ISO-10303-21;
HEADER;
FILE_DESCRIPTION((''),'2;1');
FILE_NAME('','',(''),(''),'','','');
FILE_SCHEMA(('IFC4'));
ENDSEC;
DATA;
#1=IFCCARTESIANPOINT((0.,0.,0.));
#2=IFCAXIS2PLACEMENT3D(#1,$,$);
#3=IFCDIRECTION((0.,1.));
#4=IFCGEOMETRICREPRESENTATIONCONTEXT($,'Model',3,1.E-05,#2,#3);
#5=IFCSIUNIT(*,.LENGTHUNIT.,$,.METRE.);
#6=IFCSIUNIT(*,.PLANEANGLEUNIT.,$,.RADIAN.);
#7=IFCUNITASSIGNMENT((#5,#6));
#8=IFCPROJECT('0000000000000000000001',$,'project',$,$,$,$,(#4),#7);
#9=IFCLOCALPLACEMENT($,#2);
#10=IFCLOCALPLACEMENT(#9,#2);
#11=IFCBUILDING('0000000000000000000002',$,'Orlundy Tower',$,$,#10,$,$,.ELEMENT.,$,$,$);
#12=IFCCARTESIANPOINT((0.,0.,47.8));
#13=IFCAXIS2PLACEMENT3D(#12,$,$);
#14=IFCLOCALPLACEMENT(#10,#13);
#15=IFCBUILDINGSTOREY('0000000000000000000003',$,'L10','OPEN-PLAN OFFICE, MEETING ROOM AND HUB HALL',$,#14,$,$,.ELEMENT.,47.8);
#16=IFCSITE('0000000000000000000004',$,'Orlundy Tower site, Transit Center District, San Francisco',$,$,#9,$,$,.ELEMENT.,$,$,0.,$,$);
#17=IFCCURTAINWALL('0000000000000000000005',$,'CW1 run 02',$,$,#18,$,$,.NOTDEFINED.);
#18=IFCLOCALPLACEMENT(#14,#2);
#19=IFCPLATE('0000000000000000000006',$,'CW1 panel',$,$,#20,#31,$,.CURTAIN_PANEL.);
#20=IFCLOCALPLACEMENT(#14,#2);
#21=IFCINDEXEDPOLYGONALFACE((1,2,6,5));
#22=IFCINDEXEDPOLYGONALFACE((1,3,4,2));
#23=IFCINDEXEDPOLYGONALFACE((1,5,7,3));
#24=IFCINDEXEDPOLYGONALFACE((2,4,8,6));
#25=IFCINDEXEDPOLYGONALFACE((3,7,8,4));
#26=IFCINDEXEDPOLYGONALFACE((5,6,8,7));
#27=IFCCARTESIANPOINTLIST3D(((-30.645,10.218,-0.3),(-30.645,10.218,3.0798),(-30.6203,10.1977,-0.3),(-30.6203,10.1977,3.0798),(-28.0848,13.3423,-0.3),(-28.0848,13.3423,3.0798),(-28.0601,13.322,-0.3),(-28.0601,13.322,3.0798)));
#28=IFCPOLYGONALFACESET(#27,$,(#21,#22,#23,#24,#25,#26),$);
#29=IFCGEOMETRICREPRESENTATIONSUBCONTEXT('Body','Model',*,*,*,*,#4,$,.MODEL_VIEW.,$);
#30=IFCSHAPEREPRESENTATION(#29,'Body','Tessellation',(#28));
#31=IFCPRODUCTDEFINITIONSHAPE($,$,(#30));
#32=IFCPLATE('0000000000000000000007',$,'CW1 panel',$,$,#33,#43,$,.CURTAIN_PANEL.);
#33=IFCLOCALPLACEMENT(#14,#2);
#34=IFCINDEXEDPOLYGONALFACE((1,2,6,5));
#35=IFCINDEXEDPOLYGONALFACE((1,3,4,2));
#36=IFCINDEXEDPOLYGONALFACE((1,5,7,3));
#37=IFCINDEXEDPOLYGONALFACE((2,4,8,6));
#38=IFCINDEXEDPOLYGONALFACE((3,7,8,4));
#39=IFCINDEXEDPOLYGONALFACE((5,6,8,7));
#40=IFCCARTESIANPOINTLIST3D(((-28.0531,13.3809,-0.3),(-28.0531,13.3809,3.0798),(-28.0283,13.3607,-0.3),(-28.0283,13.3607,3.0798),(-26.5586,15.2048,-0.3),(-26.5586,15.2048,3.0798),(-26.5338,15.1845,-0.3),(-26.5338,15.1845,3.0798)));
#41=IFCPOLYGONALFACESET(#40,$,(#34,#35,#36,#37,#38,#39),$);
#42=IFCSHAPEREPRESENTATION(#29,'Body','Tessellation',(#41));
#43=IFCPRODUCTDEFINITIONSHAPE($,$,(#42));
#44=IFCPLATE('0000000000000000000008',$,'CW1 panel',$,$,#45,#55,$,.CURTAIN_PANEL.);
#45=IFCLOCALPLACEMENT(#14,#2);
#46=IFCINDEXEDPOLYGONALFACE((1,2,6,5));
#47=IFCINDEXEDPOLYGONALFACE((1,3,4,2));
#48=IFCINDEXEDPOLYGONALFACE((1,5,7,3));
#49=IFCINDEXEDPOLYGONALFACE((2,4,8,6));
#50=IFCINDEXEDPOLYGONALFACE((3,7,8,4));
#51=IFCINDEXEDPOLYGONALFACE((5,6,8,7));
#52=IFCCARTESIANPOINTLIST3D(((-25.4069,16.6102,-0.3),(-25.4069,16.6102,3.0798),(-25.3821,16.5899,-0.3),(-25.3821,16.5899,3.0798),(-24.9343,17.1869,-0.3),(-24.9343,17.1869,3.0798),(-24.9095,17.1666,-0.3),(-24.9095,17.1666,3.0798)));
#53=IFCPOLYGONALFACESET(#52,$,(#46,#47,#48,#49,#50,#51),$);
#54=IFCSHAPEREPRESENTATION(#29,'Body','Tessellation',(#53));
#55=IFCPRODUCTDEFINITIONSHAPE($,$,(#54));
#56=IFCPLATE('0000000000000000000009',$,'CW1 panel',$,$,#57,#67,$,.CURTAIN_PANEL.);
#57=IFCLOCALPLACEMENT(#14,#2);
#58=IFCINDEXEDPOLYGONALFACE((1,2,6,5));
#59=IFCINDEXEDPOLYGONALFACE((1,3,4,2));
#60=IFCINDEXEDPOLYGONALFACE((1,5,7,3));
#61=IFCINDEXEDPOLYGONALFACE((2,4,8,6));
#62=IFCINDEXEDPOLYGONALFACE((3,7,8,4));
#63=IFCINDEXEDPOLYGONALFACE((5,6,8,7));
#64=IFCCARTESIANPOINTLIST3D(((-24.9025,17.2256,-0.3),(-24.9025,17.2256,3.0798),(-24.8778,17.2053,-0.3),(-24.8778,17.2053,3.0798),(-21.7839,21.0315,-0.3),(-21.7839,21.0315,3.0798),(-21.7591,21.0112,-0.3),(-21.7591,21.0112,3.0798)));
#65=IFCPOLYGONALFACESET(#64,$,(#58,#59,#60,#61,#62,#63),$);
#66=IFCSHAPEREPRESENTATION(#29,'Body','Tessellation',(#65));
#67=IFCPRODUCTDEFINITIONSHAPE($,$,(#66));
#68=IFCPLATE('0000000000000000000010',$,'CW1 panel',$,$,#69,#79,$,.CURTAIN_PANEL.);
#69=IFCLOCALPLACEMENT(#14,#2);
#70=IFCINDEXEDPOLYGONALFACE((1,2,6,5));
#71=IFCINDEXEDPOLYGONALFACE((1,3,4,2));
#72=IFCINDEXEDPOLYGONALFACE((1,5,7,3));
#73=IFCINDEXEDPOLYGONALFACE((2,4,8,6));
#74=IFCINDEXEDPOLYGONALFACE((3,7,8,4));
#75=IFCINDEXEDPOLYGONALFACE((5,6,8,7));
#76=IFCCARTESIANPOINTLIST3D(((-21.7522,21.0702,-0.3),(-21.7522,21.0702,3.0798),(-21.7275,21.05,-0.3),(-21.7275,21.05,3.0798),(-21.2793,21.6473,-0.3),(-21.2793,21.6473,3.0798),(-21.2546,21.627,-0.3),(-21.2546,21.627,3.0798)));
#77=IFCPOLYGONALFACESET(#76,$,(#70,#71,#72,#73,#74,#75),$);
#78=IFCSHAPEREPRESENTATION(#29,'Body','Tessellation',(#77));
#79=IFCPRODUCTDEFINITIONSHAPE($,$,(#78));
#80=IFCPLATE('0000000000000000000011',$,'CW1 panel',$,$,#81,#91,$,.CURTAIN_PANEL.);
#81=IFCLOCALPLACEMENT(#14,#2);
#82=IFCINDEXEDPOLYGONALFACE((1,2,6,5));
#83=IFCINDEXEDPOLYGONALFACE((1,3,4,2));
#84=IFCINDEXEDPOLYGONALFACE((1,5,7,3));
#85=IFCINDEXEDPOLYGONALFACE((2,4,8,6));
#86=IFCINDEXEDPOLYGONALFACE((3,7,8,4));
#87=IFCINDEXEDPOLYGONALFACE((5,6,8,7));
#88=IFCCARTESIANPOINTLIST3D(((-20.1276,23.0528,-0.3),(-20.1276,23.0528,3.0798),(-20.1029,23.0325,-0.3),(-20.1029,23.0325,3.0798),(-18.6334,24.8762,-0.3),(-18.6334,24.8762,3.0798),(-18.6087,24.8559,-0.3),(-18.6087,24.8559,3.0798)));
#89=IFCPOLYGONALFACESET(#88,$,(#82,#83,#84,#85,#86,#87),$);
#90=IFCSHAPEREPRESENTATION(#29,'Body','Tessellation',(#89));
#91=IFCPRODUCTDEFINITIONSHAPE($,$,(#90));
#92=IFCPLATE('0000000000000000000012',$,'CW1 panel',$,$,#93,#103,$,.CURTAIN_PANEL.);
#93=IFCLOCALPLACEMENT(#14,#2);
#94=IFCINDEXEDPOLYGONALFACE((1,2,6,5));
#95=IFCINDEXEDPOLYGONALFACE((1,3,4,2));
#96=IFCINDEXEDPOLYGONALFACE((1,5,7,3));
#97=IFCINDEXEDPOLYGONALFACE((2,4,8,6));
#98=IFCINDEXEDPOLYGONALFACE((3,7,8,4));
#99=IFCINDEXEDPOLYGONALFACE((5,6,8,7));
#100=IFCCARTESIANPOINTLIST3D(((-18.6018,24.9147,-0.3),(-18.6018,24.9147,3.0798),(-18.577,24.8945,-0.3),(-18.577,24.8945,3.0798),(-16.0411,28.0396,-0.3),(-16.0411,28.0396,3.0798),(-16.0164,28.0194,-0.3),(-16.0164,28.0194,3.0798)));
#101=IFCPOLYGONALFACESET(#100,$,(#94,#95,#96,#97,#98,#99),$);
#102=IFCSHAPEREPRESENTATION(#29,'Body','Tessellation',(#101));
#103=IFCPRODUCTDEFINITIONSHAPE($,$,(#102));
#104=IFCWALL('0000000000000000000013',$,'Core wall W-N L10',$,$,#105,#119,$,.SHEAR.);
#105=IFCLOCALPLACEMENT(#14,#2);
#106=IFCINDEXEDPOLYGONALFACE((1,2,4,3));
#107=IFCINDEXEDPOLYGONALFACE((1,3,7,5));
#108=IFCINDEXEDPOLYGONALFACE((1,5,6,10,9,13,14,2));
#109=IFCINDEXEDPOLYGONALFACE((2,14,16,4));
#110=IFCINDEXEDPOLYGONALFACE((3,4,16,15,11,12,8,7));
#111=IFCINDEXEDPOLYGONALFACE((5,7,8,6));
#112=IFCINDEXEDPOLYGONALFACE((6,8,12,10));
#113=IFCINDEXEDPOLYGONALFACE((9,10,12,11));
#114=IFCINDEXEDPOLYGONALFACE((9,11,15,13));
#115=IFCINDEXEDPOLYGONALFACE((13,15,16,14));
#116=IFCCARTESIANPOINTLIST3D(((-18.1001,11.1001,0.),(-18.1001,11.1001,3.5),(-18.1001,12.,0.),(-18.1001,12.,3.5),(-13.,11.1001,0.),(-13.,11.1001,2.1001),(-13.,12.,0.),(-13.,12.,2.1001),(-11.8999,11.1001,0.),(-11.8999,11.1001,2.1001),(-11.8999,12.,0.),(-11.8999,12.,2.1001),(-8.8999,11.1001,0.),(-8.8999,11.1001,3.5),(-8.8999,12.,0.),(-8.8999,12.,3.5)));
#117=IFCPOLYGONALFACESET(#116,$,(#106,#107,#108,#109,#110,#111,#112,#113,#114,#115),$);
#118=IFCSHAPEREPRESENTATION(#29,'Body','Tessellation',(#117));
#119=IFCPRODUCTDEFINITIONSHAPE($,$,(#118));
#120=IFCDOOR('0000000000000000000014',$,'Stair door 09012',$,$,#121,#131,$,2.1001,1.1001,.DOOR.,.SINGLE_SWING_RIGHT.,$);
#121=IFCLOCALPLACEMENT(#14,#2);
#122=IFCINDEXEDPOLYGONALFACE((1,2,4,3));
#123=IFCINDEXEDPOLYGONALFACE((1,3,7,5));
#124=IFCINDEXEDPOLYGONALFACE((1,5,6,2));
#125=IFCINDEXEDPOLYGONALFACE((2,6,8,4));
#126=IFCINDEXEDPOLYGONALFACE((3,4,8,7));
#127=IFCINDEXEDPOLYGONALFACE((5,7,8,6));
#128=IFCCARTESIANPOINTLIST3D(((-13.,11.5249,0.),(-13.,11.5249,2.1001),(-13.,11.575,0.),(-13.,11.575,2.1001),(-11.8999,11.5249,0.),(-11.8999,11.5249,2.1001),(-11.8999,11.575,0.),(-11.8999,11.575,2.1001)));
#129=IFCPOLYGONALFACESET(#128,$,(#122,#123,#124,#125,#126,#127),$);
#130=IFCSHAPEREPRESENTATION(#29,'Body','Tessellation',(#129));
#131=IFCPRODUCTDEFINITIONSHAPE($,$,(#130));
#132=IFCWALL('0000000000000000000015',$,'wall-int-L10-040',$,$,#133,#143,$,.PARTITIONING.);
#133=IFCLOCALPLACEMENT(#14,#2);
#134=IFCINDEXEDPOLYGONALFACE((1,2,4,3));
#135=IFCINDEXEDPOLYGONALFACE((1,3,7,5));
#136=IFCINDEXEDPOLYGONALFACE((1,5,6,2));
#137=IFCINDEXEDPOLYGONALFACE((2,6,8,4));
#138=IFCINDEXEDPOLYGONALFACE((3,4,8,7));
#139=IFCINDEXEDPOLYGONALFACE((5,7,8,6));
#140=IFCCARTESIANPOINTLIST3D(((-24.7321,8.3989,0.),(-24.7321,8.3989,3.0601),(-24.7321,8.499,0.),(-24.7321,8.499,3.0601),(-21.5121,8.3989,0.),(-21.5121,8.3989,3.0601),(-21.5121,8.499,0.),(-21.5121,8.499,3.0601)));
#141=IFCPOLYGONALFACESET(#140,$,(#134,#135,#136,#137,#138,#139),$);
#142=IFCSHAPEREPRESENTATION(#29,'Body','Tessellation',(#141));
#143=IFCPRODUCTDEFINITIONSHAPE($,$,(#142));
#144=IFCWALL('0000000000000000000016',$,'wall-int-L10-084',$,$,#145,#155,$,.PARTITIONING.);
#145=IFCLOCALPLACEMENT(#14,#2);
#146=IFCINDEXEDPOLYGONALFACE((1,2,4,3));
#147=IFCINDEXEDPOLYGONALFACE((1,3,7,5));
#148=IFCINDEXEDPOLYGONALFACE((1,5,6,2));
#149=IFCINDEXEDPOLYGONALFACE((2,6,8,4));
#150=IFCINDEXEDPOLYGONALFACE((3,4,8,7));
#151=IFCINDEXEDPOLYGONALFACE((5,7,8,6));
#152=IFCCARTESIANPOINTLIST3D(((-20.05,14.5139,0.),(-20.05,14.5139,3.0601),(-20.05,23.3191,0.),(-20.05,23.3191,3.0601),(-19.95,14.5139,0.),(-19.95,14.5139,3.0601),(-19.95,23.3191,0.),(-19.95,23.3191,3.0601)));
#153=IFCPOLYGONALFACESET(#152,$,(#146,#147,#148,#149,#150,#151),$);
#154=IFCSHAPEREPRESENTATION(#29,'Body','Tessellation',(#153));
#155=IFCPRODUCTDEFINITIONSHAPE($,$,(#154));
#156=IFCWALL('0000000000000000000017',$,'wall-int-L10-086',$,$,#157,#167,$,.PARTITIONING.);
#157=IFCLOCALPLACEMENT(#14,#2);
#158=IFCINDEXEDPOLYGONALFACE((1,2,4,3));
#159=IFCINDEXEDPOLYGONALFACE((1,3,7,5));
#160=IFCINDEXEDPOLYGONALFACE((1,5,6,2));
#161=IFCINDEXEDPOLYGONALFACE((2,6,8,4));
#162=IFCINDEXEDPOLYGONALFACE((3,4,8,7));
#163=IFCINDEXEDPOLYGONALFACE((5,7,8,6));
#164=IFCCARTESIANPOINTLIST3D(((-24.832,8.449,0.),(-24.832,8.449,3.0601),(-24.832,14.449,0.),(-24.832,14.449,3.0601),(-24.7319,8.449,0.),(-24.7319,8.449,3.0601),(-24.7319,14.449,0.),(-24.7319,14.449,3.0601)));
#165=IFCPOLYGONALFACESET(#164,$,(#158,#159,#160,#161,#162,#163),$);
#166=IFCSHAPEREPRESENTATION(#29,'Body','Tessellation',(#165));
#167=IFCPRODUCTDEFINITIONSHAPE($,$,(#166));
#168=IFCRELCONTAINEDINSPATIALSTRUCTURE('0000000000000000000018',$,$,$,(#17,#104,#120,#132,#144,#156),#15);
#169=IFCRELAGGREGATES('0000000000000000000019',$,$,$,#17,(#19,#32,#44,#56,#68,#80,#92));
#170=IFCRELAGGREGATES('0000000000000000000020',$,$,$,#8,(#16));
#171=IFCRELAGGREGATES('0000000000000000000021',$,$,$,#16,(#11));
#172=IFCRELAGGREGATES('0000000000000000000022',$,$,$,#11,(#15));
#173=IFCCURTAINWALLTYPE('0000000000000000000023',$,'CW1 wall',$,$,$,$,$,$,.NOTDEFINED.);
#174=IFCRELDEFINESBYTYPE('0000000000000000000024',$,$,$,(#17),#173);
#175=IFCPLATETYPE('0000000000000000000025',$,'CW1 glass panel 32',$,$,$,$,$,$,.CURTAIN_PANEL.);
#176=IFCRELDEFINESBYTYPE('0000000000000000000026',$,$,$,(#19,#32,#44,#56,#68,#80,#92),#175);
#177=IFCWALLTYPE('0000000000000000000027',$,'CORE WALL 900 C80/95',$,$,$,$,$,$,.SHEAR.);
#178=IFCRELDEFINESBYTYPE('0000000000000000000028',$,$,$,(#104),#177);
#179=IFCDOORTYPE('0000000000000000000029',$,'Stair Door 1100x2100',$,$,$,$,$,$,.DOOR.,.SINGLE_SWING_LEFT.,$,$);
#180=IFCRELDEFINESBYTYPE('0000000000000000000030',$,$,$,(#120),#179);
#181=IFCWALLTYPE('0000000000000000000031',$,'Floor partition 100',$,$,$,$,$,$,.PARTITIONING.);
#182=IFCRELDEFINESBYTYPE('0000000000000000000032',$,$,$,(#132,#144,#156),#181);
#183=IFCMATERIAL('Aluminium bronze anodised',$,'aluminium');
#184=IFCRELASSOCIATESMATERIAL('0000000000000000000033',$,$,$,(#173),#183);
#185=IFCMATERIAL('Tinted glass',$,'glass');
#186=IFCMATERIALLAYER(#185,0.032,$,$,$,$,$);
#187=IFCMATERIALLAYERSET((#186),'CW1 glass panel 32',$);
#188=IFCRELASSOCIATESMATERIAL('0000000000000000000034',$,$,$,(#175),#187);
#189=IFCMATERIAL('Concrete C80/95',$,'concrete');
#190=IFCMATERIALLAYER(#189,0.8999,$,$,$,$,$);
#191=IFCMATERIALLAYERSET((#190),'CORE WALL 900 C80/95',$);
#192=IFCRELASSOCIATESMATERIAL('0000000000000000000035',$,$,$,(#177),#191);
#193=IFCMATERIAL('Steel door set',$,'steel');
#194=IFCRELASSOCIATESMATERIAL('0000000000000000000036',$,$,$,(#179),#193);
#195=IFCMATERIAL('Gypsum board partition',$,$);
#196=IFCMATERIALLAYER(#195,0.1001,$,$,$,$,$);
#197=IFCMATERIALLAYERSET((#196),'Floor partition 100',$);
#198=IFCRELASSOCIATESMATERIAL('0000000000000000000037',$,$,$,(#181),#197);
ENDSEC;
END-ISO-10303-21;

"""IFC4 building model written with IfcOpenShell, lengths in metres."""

from ifc_helpers import new_model, si_unit, direction, frame, frame_2d, origin, origin_2d, place, context, subcontext, project, spatial, rectangle, extrude, material, layer, layer_set, type_object, element, fill, aggregate, save


model = new_model("IFC4")

# Units and contexts
model_context = context("Model", 3, precision=1e-05, world=origin(), true_north=direction((0.0, 1.0)))
body_context = subcontext(model_context, "Body", "Model", "MODEL_VIEW")
ifc_project = project(units=[si_unit("LENGTHUNIT", "METRE"), si_unit("PLANEANGLEUNIT", "RADIAN")], contexts=[model_context])

# Site, building, storey
site_placement = place(None, origin())
site = spatial("IfcSite", under=ifc_project, at=site_placement, Name="Orlundy Tower site, Transit Center District, San Francisco", CompositionType="ELEMENT", RefElevation=0.0)
building_placement = place(site_placement, origin())
building = spatial("IfcBuilding", under=site, at=building_placement, Name="Orlundy Tower", CompositionType="ELEMENT")
storey_placement = place(building_placement, frame((0.0, 0.0, 47.8)))
storey = spatial("IfcBuildingStorey", under=building, at=storey_placement, Name="L10", Description="OPEN-PLAN OFFICE, MEETING ROOM AND HUB HALL", CompositionType="ELEMENT", Elevation=47.8)

# Shared definitions
ifc_material_1 = material(Name="Aluminium bronze anodised", Category="aluminium")
curtain_wall_type = type_object("IfcCurtainWallType", Name="CW1 wall", PredefinedType="NOTDEFINED", material=ifc_material_1)

# Curtain wall
curtain_wall_1_placement = place(storey_placement, origin())
curtain_wall_1 = element("IfcCurtainWall", 1, at=curtain_wall_1_placement, inside=storey, type_object=curtain_wall_type, Name="CW1 run 02", PredefinedType="NOTDEFINED")

# Plates
ifc_material_2 = material(Name="Tinted glass", Category="glass")
ifc_layer_1 = layer(ifc_material_2, 0.032)
ifc_layer_set_1 = layer_set([ifc_layer_1], Name="CW1 glass panel 32")
plate_type = type_object("IfcPlateType", Name="CW1 glass panel 32", PredefinedType="CURTAIN_PANEL", material=ifc_layer_set_1)
plate_1_placement = place(storey_placement, frame((-29.3525, 11.77, -0.3), z_axis=(0.0, 0.0, 1.0), x_axis=(0.633818, 0.773482, 0.0)))
plate_1 = element("IfcPlate", 2, at=plate_1_placement, type_object=plate_type, Name="CW1 panel", PredefinedType="CURTAIN_PANEL", context=body_context, shape_type="SweptSolid", body=[
    extrude(rectangle(XDim=4.0393, YDim=0.032, at=origin_2d()), origin(), (0.0, 0.0, 1.0), 3.3799),
])
plate_2_placement = place(storey_placement, frame((-27.2935, 14.2827, -0.3), z_axis=(0.0, 0.0, 1.0), x_axis=(0.633818, 0.773482, 0.0)))
plate_2 = element("IfcPlate", 3, at=plate_2_placement, type_object=plate_type, Name="CW1 panel", PredefinedType="CURTAIN_PANEL", context=body_context, shape_type="SweptSolid", body=[
    extrude(rectangle(XDim=2.3579, YDim=0.032, at=origin_2d()), origin(), (0.0, 0.0, 1.0), 3.3799),
])
plate_3_placement = place(storey_placement, frame((-25.1582, 16.8884, -0.3), z_axis=(0.0, 0.0, 1.0), x_axis=(0.633818, 0.773482, 0.0)))
plate_3 = element("IfcPlate", 4, at=plate_3_placement, type_object=plate_type, Name="CW1 panel", PredefinedType="CURTAIN_PANEL", context=body_context, shape_type="SweptSolid", body=[
    extrude(rectangle(XDim=0.7456, YDim=0.032, at=origin_2d()), origin(), (0.0, 0.0, 1.0), 3.3799),
])
plate_4_placement = place(storey_placement, frame((-23.3308, 19.1184, -0.3), z_axis=(0.0, 0.0, 1.0), x_axis=(0.633818, 0.773482, 0.0)))
plate_4 = element("IfcPlate", 5, at=plate_4_placement, type_object=plate_type, Name="CW1 panel", PredefinedType="CURTAIN_PANEL", context=body_context, shape_type="SweptSolid", body=[
    extrude(rectangle(XDim=4.9204, YDim=0.032, at=origin_2d()), origin(), (0.0, 0.0, 1.0), 3.3799),
])
plate_5_placement = place(storey_placement, frame((-21.5034, 21.3486, -0.3), z_axis=(0.0, 0.0, 1.0), x_axis=(0.633818, 0.773482, 0.0)))
plate_5 = element("IfcPlate", 6, at=plate_5_placement, type_object=plate_type, Name="CW1 panel", PredefinedType="CURTAIN_PANEL", context=body_context, shape_type="SweptSolid", body=[
    extrude(rectangle(XDim=0.7461, YDim=0.032, at=origin_2d()), origin(), (0.0, 0.0, 1.0), 3.3799),
])
plate_6_placement = place(storey_placement, frame((-19.3682, 23.9543, -0.3), z_axis=(0.0, 0.0, 1.0), x_axis=(0.633818, 0.773482, 0.0)))
plate_6 = element("IfcPlate", 7, at=plate_6_placement, type_object=plate_type, Name="CW1 panel", PredefinedType="CURTAIN_PANEL", context=body_context, shape_type="SweptSolid", body=[
    extrude(rectangle(XDim=2.3574, YDim=0.032, at=origin_2d()), origin(), (0.0, 0.0, 1.0), 3.3799),
])
plate_7_placement = place(storey_placement, frame((-17.3091, 26.467, -0.3), z_axis=(0.0, 0.0, 1.0), x_axis=(0.633818, 0.773482, 0.0)))
plate_7 = element("IfcPlate", 8, at=plate_7_placement, type_object=plate_type, Name="CW1 panel", PredefinedType="CURTAIN_PANEL", context=body_context, shape_type="SweptSolid", body=[
    extrude(rectangle(XDim=4.04, YDim=0.032, at=origin_2d()), origin(), (0.0, 0.0, 1.0), 3.3799),
])
aggregate(curtain_wall_1, [plate_1, plate_2, plate_3, plate_4, plate_5, plate_6, plate_7])

# Wall, opening, door
ifc_material_3 = material(Name="Concrete C80/95", Category="concrete")
ifc_layer_2 = layer(ifc_material_3, 0.8999)
ifc_layer_set_2 = layer_set([ifc_layer_2], Name="CORE WALL 900 C80/95")
wall_type_1 = type_object("IfcWallType", Name="CORE WALL 900 C80/95", PredefinedType="SHEAR", material=ifc_layer_set_2)
wall_1_placement = place(storey_placement, frame((-18.1001, 11.55, 0.0), z_axis=(0.0, 0.0, 1.0), x_axis=(1.0, 0.0, 0.0)))
wall_1 = element("IfcWall", 9, at=wall_1_placement, inside=storey, type_object=wall_type_1, Name="Core wall W-N L10", PredefinedType="SHEAR", context=body_context, shape_type="SweptSolid", body=[
    extrude(rectangle(XDim=9.2002, YDim=0.8999, at=frame_2d((4.6001, 0.0))), origin(), (0.0, 0.0, 1.0), 3.5),
])
opening_1_placement = place(wall_1_placement, frame((5.1001, 0.0, 0.0)))
opening_1 = element("IfcOpeningElement", 10, at=opening_1_placement, cuts=wall_1, PredefinedType="OPENING", context=body_context, shape_type="SweptSolid", body=[
    extrude(rectangle(XDim=1.1001, YDim=2.1001, at=frame_2d((0.55, 1.05))), frame((0.0, 0.46, 0.0), z_axis=(0.0, -1.0, 0.0), x_axis=(1.0, 0.0, 0.0)), (0.0, 0.0, 1.0), 0.9199),
])
ifc_material_4 = material(Name="Steel door set", Category="steel")
door_type_1 = type_object("IfcDoorType", Name="Stair Door 1100x2100", OperationType="SINGLE_SWING_LEFT", PredefinedType="DOOR", material=ifc_material_4)
door_1_placement = place(opening_1_placement, origin())
door_1 = element("IfcDoor", 11, at=door_1_placement, inside=storey, type_object=door_type_1, Name="Stair door 09012", OperationType="SINGLE_SWING_RIGHT", OverallHeight=2.1001, OverallWidth=1.1001, PredefinedType="DOOR", context=body_context, shape_type="SweptSolid", body=[
    extrude(rectangle(XDim=1.1001, YDim=2.1001, at=frame_2d((0.55, 1.05))), frame((0.0, 0.0249, 0.0), z_axis=(0.0, -1.0, 0.0), x_axis=(1.0, 0.0, 0.0)), (0.0, 0.0, 1.0), 0.05),
])
fill(opening_1, door_1)

# Walls
ifc_material_5 = material(Name="Gypsum board partition")
ifc_layer_3 = layer(ifc_material_5, 0.1001)
ifc_layer_set_3 = layer_set([ifc_layer_3], Name="Floor partition 100")
wall_type_2 = type_object("IfcWallType", Name="Floor partition 100", PredefinedType="PARTITIONING", material=ifc_layer_set_3)
wall_2_placement = place(storey_placement, frame((-24.7319, 8.449, 0.0), z_axis=(0.0, 0.0, 1.0), x_axis=(1.0, 0.0, 0.0)))
element("IfcWall", 12, at=wall_2_placement, inside=storey, type_object=wall_type_2, Name="wall-int-L10-040", PredefinedType="PARTITIONING", context=body_context, shape_type="SweptSolid", body=[
    extrude(rectangle(XDim=3.22, YDim=0.1001, at=frame_2d((1.6099, 0.0))), origin(), (0.0, 0.0, 1.0), 3.0601),
])
wall_3_placement = place(storey_placement, frame((-20.0, 14.5139, 0.0), z_axis=(0.0, 0.0, 1.0), x_axis=(0.0, 1.0, 0.0)))
element("IfcWall", 13, at=wall_3_placement, inside=storey, type_object=wall_type_2, Name="wall-int-L10-084", PredefinedType="PARTITIONING", context=body_context, shape_type="SweptSolid", body=[
    extrude(rectangle(XDim=8.8052, YDim=0.1001, at=frame_2d((4.4026, 0.0))), origin(), (0.0, 0.0, 1.0), 3.0601),
])
wall_4_placement = place(storey_placement, frame((-24.782, 8.449, 0.0), z_axis=(0.0, 0.0, 1.0), x_axis=(0.0, 1.0, 0.0)))
element("IfcWall", 14, at=wall_4_placement, inside=storey, type_object=wall_type_2, Name="wall-int-L10-086", PredefinedType="PARTITIONING", context=body_context, shape_type="SweptSolid", body=[
    extrude(rectangle(XDim=6.0, YDim=0.1001, at=frame_2d((3.0, 0.0))), origin(), (0.0, 0.0, 1.0), 3.0601),
])

save(model, "model.ifc")
